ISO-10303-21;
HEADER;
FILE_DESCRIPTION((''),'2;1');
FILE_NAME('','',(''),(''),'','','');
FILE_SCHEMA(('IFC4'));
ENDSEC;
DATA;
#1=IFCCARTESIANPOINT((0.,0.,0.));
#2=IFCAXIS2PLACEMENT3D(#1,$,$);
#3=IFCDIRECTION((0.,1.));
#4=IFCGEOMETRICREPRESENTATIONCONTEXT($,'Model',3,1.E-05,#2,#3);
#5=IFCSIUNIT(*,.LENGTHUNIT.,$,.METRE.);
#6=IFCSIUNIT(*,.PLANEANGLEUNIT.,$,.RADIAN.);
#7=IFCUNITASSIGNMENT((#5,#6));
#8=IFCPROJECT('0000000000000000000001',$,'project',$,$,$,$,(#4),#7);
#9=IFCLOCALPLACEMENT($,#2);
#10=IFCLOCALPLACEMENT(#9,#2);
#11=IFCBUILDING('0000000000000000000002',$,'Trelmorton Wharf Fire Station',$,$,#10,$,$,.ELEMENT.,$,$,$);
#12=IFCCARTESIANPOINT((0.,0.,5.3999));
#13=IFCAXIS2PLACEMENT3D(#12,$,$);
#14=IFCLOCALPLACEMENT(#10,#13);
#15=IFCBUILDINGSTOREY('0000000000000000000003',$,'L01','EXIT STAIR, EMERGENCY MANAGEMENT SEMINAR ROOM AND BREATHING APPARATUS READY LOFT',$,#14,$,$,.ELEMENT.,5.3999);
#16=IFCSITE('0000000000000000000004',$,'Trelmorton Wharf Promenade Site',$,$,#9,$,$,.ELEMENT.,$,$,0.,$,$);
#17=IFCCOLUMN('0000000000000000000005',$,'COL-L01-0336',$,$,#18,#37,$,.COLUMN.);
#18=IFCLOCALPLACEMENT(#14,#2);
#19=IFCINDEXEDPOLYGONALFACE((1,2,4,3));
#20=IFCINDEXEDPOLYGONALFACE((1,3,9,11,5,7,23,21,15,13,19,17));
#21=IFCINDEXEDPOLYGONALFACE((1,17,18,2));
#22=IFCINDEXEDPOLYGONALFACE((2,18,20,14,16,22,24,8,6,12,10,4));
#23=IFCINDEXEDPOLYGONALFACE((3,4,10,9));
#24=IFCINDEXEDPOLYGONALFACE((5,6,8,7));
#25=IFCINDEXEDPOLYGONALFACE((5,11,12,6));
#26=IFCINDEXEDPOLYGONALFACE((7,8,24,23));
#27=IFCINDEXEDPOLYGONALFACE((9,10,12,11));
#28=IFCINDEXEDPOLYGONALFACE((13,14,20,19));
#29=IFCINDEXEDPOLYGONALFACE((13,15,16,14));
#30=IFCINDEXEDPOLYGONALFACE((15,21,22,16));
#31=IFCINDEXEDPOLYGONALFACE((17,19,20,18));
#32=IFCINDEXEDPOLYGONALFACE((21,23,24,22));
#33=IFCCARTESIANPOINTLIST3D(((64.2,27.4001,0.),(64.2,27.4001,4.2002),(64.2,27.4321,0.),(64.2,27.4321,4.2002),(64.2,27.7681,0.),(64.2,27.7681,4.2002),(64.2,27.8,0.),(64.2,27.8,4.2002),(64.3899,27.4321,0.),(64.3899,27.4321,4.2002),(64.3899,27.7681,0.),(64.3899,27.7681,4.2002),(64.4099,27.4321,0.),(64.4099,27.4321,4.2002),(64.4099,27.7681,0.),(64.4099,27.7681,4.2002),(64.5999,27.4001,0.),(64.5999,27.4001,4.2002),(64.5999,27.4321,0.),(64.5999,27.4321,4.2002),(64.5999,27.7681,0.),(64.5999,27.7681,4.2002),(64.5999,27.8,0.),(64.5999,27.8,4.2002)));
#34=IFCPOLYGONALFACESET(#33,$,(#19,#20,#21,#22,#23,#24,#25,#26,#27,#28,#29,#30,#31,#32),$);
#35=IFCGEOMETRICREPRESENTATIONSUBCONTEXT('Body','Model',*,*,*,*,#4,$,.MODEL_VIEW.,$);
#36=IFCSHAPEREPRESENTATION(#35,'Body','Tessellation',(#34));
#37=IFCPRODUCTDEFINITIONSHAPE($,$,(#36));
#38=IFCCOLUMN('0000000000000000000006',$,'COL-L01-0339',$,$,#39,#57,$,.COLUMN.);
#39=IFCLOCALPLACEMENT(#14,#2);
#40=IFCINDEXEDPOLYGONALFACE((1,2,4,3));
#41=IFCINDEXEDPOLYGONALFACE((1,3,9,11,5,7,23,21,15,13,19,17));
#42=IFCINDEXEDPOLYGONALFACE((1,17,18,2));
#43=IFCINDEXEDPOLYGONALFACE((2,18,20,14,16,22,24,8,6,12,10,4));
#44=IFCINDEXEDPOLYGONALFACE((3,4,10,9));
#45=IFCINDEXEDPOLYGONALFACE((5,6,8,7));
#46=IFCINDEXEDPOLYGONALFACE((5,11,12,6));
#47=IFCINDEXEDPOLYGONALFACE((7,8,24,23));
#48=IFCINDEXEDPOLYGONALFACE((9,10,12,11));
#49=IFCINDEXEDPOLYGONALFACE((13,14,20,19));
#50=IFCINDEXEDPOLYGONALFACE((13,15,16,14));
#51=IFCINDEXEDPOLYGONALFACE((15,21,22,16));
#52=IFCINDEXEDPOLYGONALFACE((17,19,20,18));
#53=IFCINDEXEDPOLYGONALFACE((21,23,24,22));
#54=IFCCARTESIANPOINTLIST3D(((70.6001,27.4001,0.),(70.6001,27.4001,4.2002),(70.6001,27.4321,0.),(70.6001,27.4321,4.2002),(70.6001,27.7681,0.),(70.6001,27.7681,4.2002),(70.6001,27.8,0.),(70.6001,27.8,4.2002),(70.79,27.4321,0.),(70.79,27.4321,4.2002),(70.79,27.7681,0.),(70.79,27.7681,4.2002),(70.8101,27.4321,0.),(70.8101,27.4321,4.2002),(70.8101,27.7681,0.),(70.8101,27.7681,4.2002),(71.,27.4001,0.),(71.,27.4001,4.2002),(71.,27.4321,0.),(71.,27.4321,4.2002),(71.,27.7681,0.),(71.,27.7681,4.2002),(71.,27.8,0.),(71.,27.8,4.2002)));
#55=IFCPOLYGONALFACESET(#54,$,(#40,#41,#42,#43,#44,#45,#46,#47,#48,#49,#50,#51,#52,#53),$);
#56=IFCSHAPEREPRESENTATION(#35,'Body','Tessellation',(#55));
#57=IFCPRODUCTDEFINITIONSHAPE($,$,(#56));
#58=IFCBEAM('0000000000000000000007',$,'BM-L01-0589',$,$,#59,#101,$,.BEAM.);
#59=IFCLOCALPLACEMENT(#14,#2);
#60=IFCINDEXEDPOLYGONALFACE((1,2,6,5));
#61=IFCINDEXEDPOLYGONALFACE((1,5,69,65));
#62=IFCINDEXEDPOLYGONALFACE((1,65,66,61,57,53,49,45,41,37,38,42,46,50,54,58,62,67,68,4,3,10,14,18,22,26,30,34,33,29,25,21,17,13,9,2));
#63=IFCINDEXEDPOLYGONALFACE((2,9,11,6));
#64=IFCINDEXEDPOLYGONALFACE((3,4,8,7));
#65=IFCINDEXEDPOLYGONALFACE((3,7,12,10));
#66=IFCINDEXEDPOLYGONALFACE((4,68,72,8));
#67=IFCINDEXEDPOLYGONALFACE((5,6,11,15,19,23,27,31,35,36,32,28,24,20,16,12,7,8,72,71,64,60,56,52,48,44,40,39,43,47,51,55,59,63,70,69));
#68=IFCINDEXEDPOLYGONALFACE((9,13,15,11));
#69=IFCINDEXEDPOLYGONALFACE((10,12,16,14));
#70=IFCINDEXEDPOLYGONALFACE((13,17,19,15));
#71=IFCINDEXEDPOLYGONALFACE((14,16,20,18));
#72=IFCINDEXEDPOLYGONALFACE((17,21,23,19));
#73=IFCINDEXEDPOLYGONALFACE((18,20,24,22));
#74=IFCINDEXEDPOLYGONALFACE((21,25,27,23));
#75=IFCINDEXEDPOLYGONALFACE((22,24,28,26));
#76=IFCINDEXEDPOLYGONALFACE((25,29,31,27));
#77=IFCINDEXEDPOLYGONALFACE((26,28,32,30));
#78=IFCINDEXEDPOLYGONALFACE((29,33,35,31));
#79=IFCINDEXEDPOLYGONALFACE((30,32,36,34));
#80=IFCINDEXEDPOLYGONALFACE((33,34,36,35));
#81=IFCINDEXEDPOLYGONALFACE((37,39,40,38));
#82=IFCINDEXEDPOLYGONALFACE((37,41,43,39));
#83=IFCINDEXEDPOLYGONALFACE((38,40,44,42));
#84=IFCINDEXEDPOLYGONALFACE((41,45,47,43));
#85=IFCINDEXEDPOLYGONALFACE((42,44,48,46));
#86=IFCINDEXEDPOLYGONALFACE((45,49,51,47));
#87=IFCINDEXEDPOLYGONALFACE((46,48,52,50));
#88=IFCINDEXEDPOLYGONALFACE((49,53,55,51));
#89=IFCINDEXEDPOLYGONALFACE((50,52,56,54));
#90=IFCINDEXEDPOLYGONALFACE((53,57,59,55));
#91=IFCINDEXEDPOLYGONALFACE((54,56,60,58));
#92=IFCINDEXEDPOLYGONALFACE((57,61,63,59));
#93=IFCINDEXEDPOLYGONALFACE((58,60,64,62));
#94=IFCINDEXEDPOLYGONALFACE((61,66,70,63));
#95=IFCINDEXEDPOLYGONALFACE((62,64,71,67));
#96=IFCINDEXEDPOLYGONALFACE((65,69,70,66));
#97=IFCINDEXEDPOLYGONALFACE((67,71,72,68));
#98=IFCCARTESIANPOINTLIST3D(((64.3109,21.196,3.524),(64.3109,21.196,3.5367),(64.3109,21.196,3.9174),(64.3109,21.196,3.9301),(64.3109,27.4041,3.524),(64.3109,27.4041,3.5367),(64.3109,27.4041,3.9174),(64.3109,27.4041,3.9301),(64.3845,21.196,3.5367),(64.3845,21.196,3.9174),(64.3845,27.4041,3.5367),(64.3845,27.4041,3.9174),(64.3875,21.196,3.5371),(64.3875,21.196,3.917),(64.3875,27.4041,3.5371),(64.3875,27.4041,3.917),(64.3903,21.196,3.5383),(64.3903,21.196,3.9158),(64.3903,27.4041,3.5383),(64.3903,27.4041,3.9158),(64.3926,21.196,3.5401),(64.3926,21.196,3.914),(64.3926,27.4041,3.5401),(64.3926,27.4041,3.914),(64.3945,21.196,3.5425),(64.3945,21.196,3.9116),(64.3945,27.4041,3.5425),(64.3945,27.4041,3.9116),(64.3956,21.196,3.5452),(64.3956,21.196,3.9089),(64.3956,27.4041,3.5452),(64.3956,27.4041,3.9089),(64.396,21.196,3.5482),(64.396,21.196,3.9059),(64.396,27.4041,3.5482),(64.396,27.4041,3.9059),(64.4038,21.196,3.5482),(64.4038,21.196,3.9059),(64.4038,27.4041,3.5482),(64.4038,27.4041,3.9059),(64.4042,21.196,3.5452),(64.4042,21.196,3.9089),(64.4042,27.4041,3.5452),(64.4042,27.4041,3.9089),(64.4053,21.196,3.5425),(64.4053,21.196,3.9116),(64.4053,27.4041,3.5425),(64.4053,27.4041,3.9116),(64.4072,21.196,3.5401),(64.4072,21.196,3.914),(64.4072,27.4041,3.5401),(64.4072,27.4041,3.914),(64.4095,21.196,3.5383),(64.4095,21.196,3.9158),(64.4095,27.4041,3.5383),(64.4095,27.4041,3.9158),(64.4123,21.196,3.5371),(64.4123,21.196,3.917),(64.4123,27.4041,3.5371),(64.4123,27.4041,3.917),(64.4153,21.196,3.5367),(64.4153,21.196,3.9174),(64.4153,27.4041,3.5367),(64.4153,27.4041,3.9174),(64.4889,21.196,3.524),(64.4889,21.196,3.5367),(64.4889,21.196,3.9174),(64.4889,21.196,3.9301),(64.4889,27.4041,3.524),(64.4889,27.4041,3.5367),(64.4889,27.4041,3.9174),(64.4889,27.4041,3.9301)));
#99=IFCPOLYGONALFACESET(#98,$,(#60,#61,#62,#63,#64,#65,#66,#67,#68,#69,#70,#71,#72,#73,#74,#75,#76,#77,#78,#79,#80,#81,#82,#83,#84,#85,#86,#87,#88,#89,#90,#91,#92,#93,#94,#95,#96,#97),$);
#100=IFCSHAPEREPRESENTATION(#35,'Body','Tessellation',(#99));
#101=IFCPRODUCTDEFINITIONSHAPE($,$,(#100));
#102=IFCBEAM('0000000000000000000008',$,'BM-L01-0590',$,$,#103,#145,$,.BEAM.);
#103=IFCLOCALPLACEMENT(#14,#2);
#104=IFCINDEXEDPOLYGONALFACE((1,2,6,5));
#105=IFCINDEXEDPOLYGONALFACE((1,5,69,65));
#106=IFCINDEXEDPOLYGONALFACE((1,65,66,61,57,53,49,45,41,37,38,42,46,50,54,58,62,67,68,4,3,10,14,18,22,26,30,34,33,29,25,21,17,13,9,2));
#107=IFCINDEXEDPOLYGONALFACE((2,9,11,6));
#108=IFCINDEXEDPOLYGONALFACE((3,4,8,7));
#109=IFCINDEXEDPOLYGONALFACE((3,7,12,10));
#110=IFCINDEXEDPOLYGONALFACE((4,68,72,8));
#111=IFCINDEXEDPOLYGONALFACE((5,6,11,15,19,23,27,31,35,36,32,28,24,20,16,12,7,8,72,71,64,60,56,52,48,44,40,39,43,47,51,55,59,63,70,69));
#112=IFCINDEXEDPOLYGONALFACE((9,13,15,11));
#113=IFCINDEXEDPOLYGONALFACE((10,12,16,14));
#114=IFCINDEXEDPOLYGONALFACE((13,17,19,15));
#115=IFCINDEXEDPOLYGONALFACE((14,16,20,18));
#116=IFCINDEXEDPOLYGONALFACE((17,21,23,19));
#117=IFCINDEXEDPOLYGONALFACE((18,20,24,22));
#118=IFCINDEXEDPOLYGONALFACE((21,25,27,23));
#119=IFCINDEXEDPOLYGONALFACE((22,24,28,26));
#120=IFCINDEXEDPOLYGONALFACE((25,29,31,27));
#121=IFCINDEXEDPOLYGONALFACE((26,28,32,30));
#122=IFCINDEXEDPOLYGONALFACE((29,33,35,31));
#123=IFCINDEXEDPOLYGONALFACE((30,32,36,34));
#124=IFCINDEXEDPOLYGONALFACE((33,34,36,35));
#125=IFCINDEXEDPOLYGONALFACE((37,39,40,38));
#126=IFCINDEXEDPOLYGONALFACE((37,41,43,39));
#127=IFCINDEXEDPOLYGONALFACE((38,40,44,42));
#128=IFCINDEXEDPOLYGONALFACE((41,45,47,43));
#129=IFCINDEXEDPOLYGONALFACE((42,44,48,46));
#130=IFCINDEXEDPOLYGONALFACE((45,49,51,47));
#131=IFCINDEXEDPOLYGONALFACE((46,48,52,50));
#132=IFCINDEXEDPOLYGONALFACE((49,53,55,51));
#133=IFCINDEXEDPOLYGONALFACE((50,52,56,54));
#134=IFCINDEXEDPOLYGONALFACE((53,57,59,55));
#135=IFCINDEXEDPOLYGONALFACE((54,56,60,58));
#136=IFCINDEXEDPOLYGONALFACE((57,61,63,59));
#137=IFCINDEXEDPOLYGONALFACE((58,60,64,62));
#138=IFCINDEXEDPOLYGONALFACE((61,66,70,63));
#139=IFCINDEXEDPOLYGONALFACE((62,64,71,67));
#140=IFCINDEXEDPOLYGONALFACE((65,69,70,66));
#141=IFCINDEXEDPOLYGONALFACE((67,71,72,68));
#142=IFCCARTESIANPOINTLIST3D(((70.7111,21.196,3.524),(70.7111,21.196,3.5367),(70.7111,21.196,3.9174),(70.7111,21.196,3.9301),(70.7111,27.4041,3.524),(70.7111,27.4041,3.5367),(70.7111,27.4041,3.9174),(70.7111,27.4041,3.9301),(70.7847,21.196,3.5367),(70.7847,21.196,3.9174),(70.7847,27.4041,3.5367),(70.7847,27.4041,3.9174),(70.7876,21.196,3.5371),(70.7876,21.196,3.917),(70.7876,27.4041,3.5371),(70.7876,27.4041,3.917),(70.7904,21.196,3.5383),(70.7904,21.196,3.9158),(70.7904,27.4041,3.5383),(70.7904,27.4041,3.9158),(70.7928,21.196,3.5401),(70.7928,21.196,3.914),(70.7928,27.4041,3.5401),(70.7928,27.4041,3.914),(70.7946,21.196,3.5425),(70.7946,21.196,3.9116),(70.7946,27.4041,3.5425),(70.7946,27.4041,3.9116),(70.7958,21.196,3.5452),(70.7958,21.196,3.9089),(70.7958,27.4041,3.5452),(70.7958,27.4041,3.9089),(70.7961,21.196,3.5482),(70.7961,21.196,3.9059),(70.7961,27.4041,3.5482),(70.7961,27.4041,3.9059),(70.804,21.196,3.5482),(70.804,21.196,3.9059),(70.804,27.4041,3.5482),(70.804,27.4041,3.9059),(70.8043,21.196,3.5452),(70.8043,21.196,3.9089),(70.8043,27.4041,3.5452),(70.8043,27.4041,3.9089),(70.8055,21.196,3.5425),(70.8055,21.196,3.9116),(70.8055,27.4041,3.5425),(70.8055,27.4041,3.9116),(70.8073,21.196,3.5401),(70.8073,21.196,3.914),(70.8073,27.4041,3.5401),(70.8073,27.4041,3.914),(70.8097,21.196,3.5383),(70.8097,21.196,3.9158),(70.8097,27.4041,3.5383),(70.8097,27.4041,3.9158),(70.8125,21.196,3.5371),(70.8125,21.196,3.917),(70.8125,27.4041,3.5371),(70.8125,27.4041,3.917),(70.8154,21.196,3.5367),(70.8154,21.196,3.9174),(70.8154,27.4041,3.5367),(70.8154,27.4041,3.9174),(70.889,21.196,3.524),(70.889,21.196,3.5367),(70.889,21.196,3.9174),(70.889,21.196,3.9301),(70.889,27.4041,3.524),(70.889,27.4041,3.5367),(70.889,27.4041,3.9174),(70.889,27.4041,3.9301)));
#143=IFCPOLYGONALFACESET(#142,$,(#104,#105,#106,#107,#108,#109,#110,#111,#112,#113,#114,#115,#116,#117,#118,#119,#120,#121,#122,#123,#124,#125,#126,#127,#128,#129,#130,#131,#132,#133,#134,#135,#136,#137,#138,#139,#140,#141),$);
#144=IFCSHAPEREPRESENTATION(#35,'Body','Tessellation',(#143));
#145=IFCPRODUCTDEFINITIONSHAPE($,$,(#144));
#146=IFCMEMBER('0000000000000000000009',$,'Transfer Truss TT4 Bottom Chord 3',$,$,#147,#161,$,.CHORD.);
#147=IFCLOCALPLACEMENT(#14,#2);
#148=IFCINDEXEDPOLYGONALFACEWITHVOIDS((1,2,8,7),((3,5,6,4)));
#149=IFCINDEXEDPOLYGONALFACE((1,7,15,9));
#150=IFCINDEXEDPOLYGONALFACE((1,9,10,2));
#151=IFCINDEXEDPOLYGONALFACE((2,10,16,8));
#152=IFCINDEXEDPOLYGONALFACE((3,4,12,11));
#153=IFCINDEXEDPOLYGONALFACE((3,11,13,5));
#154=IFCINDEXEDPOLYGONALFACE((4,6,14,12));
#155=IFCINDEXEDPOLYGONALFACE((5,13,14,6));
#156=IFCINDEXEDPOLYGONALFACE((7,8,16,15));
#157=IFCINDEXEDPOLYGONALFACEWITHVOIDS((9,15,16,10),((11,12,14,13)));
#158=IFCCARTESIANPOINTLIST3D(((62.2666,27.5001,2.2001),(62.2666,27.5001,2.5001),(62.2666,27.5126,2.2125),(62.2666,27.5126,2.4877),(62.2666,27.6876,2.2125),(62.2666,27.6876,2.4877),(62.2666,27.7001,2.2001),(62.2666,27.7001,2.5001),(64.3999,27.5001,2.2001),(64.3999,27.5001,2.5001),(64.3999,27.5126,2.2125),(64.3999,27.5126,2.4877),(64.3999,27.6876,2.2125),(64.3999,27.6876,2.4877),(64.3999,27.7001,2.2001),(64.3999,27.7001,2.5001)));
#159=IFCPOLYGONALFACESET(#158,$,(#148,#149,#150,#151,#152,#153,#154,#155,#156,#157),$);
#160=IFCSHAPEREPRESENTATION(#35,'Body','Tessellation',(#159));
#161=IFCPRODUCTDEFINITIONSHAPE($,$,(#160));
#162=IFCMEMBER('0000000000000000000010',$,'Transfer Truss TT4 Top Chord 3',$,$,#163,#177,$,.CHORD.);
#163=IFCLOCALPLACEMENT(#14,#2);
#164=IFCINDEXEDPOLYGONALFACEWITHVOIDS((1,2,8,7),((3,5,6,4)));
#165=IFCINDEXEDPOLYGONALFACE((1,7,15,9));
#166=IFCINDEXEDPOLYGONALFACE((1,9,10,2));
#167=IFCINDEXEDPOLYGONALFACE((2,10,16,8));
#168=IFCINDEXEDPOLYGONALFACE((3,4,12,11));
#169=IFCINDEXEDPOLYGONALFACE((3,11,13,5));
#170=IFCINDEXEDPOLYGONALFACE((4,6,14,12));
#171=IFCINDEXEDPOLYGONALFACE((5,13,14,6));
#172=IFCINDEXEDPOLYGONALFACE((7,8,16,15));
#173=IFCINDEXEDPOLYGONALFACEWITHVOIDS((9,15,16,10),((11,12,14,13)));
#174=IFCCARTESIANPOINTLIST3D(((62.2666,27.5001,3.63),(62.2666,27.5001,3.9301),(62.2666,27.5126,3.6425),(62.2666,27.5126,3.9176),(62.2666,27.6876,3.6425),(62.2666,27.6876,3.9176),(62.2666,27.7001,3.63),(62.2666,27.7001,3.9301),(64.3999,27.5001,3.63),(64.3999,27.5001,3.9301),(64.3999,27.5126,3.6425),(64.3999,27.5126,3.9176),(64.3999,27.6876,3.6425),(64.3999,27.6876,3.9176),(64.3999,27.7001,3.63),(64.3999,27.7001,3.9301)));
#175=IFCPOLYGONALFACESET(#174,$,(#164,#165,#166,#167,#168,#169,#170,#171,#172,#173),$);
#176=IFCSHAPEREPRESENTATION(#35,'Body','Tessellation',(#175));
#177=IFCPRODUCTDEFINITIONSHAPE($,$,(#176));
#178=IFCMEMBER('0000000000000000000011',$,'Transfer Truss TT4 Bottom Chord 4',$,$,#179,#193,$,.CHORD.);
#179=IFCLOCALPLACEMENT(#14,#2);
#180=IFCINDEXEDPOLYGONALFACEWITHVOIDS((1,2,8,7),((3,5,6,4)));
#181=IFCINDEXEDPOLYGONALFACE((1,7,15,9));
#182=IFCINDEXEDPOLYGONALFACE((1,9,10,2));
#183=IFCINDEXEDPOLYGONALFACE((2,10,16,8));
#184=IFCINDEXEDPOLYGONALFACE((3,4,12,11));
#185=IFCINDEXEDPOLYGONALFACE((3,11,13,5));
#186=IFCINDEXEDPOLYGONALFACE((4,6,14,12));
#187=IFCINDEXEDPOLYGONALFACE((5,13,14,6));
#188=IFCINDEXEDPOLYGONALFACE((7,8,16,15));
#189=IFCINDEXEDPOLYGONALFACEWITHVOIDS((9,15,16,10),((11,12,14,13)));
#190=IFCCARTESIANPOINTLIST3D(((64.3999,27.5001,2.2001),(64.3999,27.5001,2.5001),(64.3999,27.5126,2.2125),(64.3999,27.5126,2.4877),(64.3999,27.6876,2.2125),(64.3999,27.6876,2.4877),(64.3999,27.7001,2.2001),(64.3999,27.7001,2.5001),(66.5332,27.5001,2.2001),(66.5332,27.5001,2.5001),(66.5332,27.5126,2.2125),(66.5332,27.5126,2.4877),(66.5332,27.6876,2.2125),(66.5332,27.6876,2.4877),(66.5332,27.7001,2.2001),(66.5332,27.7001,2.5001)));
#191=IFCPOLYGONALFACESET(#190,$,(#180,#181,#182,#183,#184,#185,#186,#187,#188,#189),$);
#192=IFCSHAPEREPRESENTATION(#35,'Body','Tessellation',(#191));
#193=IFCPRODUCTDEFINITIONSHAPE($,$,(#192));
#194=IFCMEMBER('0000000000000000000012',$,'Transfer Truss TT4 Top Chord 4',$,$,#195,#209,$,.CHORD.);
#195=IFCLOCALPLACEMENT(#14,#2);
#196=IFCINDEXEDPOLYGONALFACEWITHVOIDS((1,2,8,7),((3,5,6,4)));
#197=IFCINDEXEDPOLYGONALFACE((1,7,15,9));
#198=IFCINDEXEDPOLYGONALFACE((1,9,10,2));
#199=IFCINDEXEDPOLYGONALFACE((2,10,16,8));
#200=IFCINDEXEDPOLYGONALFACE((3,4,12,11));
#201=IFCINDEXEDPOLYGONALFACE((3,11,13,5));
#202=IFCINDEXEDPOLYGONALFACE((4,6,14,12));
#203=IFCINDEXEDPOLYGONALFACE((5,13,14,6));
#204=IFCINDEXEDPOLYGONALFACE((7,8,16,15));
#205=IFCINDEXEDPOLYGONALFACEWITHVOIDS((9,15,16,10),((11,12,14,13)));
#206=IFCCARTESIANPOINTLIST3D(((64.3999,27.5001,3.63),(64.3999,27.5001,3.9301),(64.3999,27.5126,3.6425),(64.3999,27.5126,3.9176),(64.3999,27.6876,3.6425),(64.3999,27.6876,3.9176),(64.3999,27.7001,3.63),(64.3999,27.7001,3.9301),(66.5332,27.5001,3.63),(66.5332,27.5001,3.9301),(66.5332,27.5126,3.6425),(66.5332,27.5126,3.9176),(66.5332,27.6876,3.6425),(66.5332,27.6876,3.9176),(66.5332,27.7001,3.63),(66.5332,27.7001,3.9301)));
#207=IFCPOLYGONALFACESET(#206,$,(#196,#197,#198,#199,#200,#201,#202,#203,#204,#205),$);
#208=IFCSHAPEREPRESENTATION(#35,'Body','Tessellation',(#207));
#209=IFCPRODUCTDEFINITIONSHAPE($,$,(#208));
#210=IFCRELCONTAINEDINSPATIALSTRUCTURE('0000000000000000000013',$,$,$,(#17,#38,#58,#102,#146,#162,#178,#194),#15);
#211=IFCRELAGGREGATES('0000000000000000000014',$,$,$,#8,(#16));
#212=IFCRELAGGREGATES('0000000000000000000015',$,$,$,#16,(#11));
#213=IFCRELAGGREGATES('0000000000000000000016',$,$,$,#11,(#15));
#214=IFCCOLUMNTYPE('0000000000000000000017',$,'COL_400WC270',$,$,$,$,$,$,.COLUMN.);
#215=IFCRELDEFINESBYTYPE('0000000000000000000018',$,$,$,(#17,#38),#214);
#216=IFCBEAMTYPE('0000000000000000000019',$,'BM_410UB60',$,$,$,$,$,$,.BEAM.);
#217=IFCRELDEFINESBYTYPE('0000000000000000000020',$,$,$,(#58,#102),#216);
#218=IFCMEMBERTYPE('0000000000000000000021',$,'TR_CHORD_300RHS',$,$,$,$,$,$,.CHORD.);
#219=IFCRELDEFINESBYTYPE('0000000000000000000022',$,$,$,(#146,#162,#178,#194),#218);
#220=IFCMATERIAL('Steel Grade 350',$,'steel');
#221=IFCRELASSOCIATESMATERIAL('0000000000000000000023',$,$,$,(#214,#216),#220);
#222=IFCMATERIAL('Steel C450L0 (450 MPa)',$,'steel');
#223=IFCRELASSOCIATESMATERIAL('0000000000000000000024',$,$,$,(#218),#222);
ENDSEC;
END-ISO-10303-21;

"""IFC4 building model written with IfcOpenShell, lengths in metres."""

from ifc_helpers import new_model, si_unit, direction, frame, origin, origin_2d, place, context, subcontext, project, spatial, hollow_rectangle, i_section, extrude, material, material_profile, profile_set, type_object, element, save


model = new_model("IFC4")

# Units and contexts
model_context = context("Model", 3, precision=1e-05, world=origin(), true_north=direction((0.0, 1.0)))
body_context = subcontext(model_context, "Body", "Model", "MODEL_VIEW")
ifc_project = project(units=[si_unit("LENGTHUNIT", "METRE"), si_unit("PLANEANGLEUNIT", "RADIAN")], contexts=[model_context])

# Site, building, storey
site_placement = place(None, origin())
site = spatial("IfcSite", under=ifc_project, at=site_placement, Name="Trelmorton Wharf Promenade Site", CompositionType="ELEMENT", RefElevation=0.0)
building_placement = place(site_placement, origin())
building = spatial("IfcBuilding", under=site, at=building_placement, Name="Trelmorton Wharf Fire Station", CompositionType="ELEMENT")
storey_placement = place(building_placement, frame((0.0, 0.0, 5.3999)))
storey = spatial("IfcBuildingStorey", under=building, at=storey_placement, Name="L01", Description="EXIT STAIR, EMERGENCY MANAGEMENT SEMINAR ROOM AND BREATHING APPARATUS READY LOFT", CompositionType="ELEMENT", Elevation=5.3999)

# Columns
ifc_material_1 = material(Name="Steel Grade 350", Category="steel")
ifc_material_profile_1 = material_profile(ifc_material_1, i_section(OverallWidth=0.3999, OverallDepth=0.3999, WebThickness=0.02, FlangeThickness=0.032, at=origin_2d()), Name="400WC270")
ifc_profile_set_1 = profile_set([ifc_material_profile_1], Name="Steel Grade 350")
column_type = type_object("IfcColumnType", Name="COL_400WC270", PredefinedType="COLUMN", material=ifc_profile_set_1)
for number, where, z_axis, x_axis, name in (
    (1, (64.3999, 27.6001, 0.0), (0.0, 0.0, 1.0), (1.0, 0.0, 0.0), "COL-L01-0336"),
    (2, (70.8, 27.6001, 0.0), (0.0, 0.0, 1.0), (1.0, 0.0, 0.0), "COL-L01-0339"),
):
    element("IfcColumn", number, at=place(storey_placement, frame(where, z_axis=z_axis, x_axis=x_axis)), inside=storey, type_object=column_type, Name=name, PredefinedType="COLUMN", context=body_context, shape_type="SweptSolid", body=[
        extrude(i_section(OverallWidth=0.3999, OverallDepth=0.3999, WebThickness=0.02, FlangeThickness=0.032, at=origin_2d()), origin(), (0.0, 0.0, 1.0), 4.2002),
    ])

# Beams
ifc_material_profile_2 = material_profile(ifc_material_1, i_section(OverallWidth=0.178, OverallDepth=0.406, WebThickness=0.0078, FlangeThickness=0.0127, FilletRadius=0.0115, at=origin_2d()), Name="410UB59.7")
ifc_profile_set_2 = profile_set([ifc_material_profile_2], Name="Steel Grade 350")
beam_type = type_object("IfcBeamType", Name="BM_410UB60", PredefinedType="BEAM", material=ifc_profile_set_2)
for number, where, z_axis, x_axis, name in (
    (3, (64.3999, 21.196, 3.7271), (0.0, 1.0, 0.0), (-1.0, 0.0, 0.0), "BM-L01-0589"),
    (4, (70.8, 21.196, 3.7271), (0.0, 1.0, 0.0), (-1.0, 0.0, 0.0), "BM-L01-0590"),
):
    element("IfcBeam", number, at=place(storey_placement, frame(where, z_axis=z_axis, x_axis=x_axis)), inside=storey, type_object=beam_type, Name=name, PredefinedType="BEAM", context=body_context, shape_type="SweptSolid", body=[
        extrude(i_section(OverallWidth=0.178, OverallDepth=0.406, WebThickness=0.0078, FlangeThickness=0.0127, FilletRadius=0.0115, at=origin_2d()), origin(), (0.0, 0.0, 1.0), 6.208),
    ])

# Members
ifc_material_2 = material(Name="Steel C450L0 (450 MPa)", Category="steel")
ifc_material_profile_3 = material_profile(ifc_material_2, hollow_rectangle(XDim=0.2, YDim=0.3, WallThickness=0.0125, at=origin_2d()), Name="300x200x12.5RHS")
ifc_profile_set_3 = profile_set([ifc_material_profile_3], Name="Steel C450L0 (450 MPa)")
member_type_1 = type_object("IfcMemberType", Name="TR_CHORD_300RHS", PredefinedType="CHORD", material=ifc_profile_set_3)
for number, where, z_axis, x_axis, name in (
    (5, (62.2666, 27.6001, 2.3501), (1.0, 0.0, 0.0), (0.0, 1.0, 0.0), "Transfer Truss TT4 Bottom Chord 3"),
    (6, (62.2666, 27.6001, 3.78), (1.0, 0.0, 0.0), (0.0, 1.0, 0.0), "Transfer Truss TT4 Top Chord 3"),
    (7, (64.3999, 27.6001, 2.3501), (1.0, 0.0, 0.0), (0.0, 1.0, 0.0), "Transfer Truss TT4 Bottom Chord 4"),
    (8, (64.3999, 27.6001, 3.78), (1.0, 0.0, 0.0), (0.0, 1.0, 0.0), "Transfer Truss TT4 Top Chord 4"),
):
    element("IfcMember", number, at=place(storey_placement, frame(where, z_axis=z_axis, x_axis=x_axis)), inside=storey, type_object=member_type_1, Name=name, PredefinedType="CHORD", context=body_context, shape_type="SweptSolid", body=[
        extrude(hollow_rectangle(XDim=0.2, YDim=0.3, WallThickness=0.0125, at=origin_2d()), origin(), (0.0, 0.0, 1.0), 2.1333),
    ])

save(model, "model.ifc")
